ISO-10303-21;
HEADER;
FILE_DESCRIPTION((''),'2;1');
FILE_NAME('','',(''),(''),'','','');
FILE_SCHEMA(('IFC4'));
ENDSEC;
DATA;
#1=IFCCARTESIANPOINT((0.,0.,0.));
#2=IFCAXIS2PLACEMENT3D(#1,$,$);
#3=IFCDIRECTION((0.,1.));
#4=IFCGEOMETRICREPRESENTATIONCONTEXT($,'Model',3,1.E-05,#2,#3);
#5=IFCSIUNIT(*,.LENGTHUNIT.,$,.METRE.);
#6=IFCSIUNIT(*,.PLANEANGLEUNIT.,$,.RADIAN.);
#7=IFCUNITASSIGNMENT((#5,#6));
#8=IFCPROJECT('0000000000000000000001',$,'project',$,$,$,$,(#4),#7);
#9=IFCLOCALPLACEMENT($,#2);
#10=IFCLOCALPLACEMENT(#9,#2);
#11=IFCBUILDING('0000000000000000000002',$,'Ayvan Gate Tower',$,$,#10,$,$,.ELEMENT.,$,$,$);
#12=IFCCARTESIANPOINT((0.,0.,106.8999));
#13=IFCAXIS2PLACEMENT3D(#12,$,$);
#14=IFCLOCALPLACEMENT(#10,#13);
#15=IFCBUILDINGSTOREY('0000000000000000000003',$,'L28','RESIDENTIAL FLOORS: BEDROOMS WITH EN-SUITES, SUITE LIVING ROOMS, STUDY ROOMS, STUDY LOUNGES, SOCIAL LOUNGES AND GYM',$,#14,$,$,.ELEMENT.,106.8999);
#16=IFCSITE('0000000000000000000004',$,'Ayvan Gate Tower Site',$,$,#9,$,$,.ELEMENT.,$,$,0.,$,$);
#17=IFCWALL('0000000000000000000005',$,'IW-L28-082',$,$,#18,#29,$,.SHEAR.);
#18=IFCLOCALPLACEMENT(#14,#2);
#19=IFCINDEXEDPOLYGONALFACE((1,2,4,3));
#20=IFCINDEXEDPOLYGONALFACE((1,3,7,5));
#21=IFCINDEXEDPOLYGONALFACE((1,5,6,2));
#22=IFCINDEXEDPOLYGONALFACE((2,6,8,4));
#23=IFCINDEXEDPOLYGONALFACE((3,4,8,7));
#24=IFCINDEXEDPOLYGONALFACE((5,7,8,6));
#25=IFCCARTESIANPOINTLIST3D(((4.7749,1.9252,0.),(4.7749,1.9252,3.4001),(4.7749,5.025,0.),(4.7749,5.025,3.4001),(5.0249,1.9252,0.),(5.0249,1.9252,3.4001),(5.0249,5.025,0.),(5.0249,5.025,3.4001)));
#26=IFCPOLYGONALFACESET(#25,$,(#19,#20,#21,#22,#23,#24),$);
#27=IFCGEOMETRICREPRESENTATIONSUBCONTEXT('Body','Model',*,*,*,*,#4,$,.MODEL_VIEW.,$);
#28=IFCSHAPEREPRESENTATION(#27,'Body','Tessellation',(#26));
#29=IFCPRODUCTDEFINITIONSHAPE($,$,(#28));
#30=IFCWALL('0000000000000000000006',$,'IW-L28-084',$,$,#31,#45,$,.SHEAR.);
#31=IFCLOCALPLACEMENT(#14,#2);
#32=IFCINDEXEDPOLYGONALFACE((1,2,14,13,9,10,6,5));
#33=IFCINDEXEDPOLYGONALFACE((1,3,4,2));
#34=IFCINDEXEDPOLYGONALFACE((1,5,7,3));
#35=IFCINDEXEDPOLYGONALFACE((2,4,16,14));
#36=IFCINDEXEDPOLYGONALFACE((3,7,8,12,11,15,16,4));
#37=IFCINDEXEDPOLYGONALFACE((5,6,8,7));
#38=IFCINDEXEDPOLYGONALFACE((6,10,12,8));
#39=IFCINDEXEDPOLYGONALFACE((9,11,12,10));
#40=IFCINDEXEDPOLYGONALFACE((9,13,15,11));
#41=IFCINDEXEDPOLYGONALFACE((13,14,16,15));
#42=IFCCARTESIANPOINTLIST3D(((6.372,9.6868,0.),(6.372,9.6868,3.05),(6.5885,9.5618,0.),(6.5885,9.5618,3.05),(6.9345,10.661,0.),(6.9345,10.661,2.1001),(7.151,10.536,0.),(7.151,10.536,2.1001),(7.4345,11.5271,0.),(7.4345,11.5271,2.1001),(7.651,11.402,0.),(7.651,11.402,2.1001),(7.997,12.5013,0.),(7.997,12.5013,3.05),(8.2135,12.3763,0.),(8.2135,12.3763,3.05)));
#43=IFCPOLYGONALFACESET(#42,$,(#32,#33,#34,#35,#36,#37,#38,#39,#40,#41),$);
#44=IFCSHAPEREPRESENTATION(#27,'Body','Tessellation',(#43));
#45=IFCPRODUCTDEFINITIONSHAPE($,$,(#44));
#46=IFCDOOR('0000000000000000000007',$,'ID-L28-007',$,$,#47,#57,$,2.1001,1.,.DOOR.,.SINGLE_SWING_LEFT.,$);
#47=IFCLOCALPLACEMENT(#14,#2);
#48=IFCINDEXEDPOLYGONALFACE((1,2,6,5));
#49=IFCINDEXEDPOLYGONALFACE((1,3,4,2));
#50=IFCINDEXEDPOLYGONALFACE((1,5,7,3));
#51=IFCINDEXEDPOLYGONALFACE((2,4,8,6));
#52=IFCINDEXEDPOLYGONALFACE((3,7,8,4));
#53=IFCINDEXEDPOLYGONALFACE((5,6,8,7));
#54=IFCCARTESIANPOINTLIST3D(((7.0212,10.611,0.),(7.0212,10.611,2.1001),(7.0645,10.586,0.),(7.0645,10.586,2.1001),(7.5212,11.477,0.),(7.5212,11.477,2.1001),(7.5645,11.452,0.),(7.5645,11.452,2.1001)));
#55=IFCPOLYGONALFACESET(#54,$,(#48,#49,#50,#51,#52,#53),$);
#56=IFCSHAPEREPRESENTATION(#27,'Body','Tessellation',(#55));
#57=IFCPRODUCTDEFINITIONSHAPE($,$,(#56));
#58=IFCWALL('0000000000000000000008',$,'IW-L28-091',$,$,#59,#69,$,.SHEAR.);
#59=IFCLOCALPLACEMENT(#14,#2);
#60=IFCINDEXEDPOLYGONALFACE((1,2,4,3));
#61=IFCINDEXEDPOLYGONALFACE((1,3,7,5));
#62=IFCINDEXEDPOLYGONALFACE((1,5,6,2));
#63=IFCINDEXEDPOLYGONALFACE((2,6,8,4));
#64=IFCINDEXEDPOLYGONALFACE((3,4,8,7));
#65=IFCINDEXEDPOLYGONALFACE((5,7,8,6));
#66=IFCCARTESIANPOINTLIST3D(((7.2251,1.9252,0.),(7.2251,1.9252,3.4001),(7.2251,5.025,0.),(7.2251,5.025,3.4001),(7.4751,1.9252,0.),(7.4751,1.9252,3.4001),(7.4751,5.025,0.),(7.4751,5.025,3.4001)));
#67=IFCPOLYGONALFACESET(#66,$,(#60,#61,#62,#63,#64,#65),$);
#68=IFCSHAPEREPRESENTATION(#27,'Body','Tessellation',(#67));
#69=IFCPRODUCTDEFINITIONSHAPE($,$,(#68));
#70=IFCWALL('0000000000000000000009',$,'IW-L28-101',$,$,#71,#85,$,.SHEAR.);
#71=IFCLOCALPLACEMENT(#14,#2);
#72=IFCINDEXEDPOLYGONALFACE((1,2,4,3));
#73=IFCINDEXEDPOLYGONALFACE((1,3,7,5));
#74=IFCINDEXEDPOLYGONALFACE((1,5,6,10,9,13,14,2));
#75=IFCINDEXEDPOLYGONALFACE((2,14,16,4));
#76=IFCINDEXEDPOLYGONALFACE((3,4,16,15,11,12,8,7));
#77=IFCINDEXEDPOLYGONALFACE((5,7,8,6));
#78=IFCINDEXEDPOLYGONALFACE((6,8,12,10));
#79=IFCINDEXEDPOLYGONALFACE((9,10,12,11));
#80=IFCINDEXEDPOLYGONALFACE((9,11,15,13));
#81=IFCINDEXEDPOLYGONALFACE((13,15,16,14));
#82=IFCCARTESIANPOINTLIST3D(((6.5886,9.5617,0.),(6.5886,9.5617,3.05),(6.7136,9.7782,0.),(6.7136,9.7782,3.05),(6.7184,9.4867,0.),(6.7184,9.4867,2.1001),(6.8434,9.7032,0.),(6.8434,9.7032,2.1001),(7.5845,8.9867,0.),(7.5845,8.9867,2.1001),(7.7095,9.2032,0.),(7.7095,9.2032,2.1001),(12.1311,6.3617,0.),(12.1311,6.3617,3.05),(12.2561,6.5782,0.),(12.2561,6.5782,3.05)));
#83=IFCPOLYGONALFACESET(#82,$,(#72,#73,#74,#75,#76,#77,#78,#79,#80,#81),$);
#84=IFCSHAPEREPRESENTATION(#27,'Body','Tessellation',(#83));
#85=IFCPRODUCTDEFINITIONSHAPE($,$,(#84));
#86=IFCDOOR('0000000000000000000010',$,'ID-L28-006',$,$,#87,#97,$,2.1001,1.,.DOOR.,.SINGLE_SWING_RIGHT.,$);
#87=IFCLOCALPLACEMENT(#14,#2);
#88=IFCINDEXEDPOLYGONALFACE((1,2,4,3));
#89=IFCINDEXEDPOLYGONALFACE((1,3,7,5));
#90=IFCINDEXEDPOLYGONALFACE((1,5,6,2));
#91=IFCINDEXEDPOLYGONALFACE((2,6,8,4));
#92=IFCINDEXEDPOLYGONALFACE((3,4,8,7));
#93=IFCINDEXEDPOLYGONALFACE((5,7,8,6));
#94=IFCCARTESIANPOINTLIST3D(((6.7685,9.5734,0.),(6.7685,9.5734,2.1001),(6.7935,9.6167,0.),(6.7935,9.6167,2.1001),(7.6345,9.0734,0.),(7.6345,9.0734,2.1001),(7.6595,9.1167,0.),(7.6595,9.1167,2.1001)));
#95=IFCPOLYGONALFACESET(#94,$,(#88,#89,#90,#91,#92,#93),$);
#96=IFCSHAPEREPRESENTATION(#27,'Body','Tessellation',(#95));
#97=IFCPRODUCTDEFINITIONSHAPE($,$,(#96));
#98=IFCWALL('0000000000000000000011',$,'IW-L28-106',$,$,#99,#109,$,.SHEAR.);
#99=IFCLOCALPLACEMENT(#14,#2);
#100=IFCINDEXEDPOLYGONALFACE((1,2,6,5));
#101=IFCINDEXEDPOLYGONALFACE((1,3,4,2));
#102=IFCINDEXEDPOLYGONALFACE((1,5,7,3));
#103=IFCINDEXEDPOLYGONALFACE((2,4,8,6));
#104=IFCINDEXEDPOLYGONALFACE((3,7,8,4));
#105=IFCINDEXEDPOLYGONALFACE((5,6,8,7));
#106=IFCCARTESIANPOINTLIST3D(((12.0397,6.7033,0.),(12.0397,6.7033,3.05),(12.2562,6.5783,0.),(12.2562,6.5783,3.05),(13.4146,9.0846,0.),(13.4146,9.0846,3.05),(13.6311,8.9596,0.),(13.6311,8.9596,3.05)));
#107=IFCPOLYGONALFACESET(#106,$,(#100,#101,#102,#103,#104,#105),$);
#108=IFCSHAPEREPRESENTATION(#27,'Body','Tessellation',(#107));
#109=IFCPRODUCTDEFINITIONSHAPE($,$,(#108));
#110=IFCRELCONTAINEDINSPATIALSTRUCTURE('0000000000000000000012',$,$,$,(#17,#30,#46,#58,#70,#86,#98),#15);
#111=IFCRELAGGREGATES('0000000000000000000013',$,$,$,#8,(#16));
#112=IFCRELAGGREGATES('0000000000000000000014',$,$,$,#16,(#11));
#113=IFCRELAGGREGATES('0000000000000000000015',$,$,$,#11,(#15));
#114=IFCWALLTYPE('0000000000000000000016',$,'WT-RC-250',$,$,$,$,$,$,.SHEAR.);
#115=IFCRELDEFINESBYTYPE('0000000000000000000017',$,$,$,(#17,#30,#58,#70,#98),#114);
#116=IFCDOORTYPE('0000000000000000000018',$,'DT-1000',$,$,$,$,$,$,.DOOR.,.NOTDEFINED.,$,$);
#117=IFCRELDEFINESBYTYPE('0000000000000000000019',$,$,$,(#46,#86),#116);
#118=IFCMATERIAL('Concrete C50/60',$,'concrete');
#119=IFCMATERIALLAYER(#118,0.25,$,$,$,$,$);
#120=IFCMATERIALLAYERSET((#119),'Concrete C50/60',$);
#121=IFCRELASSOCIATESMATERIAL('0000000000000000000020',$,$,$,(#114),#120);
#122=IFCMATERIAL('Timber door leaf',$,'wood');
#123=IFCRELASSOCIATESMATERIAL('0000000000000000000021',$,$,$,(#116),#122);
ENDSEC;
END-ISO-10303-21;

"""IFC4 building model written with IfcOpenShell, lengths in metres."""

from ifc_helpers import new_model, si_unit, direction, frame, frame_2d, origin, place, context, subcontext, project, spatial, rectangle, extrude, material, layer, layer_set, type_object, element, fill, save


model = new_model("IFC4")

# Units and contexts
model_context = context("Model", 3, precision=1e-05, world=origin(), true_north=direction((0.0, 1.0)))
body_context = subcontext(model_context, "Body", "Model", "MODEL_VIEW")
ifc_project = project(units=[si_unit("LENGTHUNIT", "METRE"), si_unit("PLANEANGLEUNIT", "RADIAN")], contexts=[model_context])

# Site, building, storey
site_placement = place(None, origin())
site = spatial("IfcSite", under=ifc_project, at=site_placement, Name="Ayvan Gate Tower Site", CompositionType="ELEMENT", RefElevation=0.0)
building_placement = place(site_placement, origin())
building = spatial("IfcBuilding", under=site, at=building_placement, Name="Ayvan Gate Tower", CompositionType="ELEMENT")
storey_placement = place(building_placement, frame((0.0, 0.0, 106.8999)))
storey = spatial("IfcBuildingStorey", under=building, at=storey_placement, Name="L28", Description="RESIDENTIAL FLOORS: BEDROOMS WITH EN-SUITES, SUITE LIVING ROOMS, STUDY ROOMS, STUDY LOUNGES, SOCIAL LOUNGES AND GYM", CompositionType="ELEMENT", Elevation=106.8999)

# Shared definitions
ifc_material_1 = material(Name="Timber door leaf", Category="wood")

# Wall
ifc_material_2 = material(Name="Concrete C50/60", Category="concrete")
ifc_layer_1 = layer(ifc_material_2, 0.25)
ifc_layer_set_1 = layer_set([ifc_layer_1], Name="Concrete C50/60")
wall_type_1 = type_object("IfcWallType", Name="WT-RC-250", PredefinedType="SHEAR", material=ifc_layer_set_1)
for number, where, z_axis, x_axis, name in (
    (1, (4.8999, 5.0249, 0.0), (0.0, 0.0, 1.0), (0.0, -1.0, 0.0), "IW-L28-082"),
):
    element("IfcWall", number, at=place(storey_placement, frame(where, z_axis=z_axis, x_axis=x_axis)), inside=storey, type_object=wall_type_1, Name=name, PredefinedType="SHEAR", context=body_context, shape_type="SweptSolid", body=[
        extrude(rectangle(XDim=3.0999, YDim=0.25, at=frame_2d((1.5498, 0.0))), origin(), (0.0, 0.0, 1.0), 3.4001),
    ])

# Wall, opening, door
wall_1_placement = place(storey_placement, frame((6.4802, 9.6243, 0.0), z_axis=(0.0, 0.0, 1.0), x_axis=(0.500017, 0.866015, 0.0)))
wall_1 = element("IfcWall", 2, at=wall_1_placement, inside=storey, type_object=wall_type_1, Name="IW-L28-084", PredefinedType="SHEAR", context=body_context, shape_type="SweptSolid", body=[
    extrude(rectangle(XDim=3.25, YDim=0.25, at=frame_2d((1.625, 0.0))), origin(), (0.0, 0.0, 1.0), 3.05),
])
opening_1_placement = place(wall_1_placement, frame((1.125, 0.0, 0.0)))
opening_1 = element("IfcOpeningElement", 3, at=opening_1_placement, cuts=wall_1, PredefinedType="OPENING", context=body_context, shape_type="SweptSolid", body=[
    extrude(rectangle(XDim=1.0, YDim=2.1001, at=frame_2d((0.5, 1.05))), frame((0.0, 0.135, 0.0), z_axis=(0.0, -1.0, 0.0), x_axis=(1.0, 0.0, 0.0)), (0.0, 0.0, 1.0), 0.27),
])
door_type_1 = type_object("IfcDoorType", Name="DT-1000", OperationType="NOTDEFINED", PredefinedType="DOOR", material=ifc_material_1)
door_1_placement = place(opening_1_placement, origin())
door_1 = element("IfcDoor", 4, at=door_1_placement, inside=storey, type_object=door_type_1, Name="ID-L28-007", OperationType="SINGLE_SWING_LEFT", OverallHeight=2.1001, OverallWidth=1.0, PredefinedType="DOOR", context=body_context, shape_type="SweptSolid", body=[
    extrude(rectangle(XDim=1.0, YDim=2.1001, at=frame_2d((0.5, 1.05))), frame((0.0, 0.0249, 0.0), z_axis=(0.0, -1.0, 0.0), x_axis=(1.0, 0.0, 0.0)), (0.0, 0.0, 1.0), 0.05),
])
fill(opening_1, door_1)

# Wall
wall_2_placement = place(storey_placement, frame((7.3501, 5.0249, 0.0), z_axis=(0.0, 0.0, 1.0), x_axis=(0.0, -1.0, 0.0)))
element("IfcWall", 5, at=wall_2_placement, inside=storey, type_object=wall_type_1, Name="IW-L28-091", PredefinedType="SHEAR", context=body_context, shape_type="SweptSolid", body=[
    extrude(rectangle(XDim=3.0999, YDim=0.25, at=frame_2d((1.5498, 0.0))), origin(), (0.0, 0.0, 1.0), 3.4001),
])

# Wall, opening, door
wall_3_placement = place(storey_placement, frame((12.1936, 6.47, 0.0), z_axis=(0.0, 0.0, 1.0), x_axis=(-0.866025, 0.5, 0.0)))
wall_3 = element("IfcWall", 6, at=wall_3_placement, inside=storey, type_object=wall_type_1, Name="IW-L28-101", PredefinedType="SHEAR", context=body_context, shape_type="SweptSolid", body=[
    extrude(rectangle(XDim=6.3999, YDim=0.25, at=frame_2d((3.2, 0.0))), origin(), (0.0, 0.0, 1.0), 3.05),
])
opening_2_placement = place(wall_3_placement, frame((5.25, 0.0, 0.0)))
opening_2 = element("IfcOpeningElement", 7, at=opening_2_placement, cuts=wall_3, PredefinedType="OPENING", context=body_context, shape_type="SweptSolid", body=[
    extrude(rectangle(XDim=1.0, YDim=2.1001, at=frame_2d((0.5, 1.05))), frame((0.0, 0.135, 0.0), z_axis=(0.0, -1.0, 0.0), x_axis=(1.0, 0.0, 0.0)), (0.0, 0.0, 1.0), 0.27),
])
door_2_placement = place(opening_2_placement, origin())
door_2 = element("IfcDoor", 8, at=door_2_placement, inside=storey, type_object=door_type_1, Name="ID-L28-006", OperationType="SINGLE_SWING_RIGHT", OverallHeight=2.1001, OverallWidth=1.0, PredefinedType="DOOR", context=body_context, shape_type="SweptSolid", body=[
    extrude(rectangle(XDim=1.0, YDim=2.1001, at=frame_2d((0.5, 1.05))), frame((0.0, 0.0249, 0.0), z_axis=(0.0, -1.0, 0.0), x_axis=(1.0, 0.0, 0.0)), (0.0, 0.0, 1.0), 0.05),
])
fill(opening_2, door_2)

# Wall
wall_4_placement = place(storey_placement, frame((13.5229, 9.0222, 0.0), z_axis=(0.0, 0.0, 1.0), x_axis=(-0.500035, -0.866005, 0.0)))
element("IfcWall", 9, at=wall_4_placement, inside=storey, type_object=wall_type_1, Name="IW-L28-106", PredefinedType="SHEAR", context=body_context, shape_type="SweptSolid", body=[
    extrude(rectangle(XDim=2.7498, YDim=0.25, at=frame_2d((1.375, 0.0))), origin(), (0.0, 0.0, 1.0), 3.05),
])

save(model, "model.ifc")
